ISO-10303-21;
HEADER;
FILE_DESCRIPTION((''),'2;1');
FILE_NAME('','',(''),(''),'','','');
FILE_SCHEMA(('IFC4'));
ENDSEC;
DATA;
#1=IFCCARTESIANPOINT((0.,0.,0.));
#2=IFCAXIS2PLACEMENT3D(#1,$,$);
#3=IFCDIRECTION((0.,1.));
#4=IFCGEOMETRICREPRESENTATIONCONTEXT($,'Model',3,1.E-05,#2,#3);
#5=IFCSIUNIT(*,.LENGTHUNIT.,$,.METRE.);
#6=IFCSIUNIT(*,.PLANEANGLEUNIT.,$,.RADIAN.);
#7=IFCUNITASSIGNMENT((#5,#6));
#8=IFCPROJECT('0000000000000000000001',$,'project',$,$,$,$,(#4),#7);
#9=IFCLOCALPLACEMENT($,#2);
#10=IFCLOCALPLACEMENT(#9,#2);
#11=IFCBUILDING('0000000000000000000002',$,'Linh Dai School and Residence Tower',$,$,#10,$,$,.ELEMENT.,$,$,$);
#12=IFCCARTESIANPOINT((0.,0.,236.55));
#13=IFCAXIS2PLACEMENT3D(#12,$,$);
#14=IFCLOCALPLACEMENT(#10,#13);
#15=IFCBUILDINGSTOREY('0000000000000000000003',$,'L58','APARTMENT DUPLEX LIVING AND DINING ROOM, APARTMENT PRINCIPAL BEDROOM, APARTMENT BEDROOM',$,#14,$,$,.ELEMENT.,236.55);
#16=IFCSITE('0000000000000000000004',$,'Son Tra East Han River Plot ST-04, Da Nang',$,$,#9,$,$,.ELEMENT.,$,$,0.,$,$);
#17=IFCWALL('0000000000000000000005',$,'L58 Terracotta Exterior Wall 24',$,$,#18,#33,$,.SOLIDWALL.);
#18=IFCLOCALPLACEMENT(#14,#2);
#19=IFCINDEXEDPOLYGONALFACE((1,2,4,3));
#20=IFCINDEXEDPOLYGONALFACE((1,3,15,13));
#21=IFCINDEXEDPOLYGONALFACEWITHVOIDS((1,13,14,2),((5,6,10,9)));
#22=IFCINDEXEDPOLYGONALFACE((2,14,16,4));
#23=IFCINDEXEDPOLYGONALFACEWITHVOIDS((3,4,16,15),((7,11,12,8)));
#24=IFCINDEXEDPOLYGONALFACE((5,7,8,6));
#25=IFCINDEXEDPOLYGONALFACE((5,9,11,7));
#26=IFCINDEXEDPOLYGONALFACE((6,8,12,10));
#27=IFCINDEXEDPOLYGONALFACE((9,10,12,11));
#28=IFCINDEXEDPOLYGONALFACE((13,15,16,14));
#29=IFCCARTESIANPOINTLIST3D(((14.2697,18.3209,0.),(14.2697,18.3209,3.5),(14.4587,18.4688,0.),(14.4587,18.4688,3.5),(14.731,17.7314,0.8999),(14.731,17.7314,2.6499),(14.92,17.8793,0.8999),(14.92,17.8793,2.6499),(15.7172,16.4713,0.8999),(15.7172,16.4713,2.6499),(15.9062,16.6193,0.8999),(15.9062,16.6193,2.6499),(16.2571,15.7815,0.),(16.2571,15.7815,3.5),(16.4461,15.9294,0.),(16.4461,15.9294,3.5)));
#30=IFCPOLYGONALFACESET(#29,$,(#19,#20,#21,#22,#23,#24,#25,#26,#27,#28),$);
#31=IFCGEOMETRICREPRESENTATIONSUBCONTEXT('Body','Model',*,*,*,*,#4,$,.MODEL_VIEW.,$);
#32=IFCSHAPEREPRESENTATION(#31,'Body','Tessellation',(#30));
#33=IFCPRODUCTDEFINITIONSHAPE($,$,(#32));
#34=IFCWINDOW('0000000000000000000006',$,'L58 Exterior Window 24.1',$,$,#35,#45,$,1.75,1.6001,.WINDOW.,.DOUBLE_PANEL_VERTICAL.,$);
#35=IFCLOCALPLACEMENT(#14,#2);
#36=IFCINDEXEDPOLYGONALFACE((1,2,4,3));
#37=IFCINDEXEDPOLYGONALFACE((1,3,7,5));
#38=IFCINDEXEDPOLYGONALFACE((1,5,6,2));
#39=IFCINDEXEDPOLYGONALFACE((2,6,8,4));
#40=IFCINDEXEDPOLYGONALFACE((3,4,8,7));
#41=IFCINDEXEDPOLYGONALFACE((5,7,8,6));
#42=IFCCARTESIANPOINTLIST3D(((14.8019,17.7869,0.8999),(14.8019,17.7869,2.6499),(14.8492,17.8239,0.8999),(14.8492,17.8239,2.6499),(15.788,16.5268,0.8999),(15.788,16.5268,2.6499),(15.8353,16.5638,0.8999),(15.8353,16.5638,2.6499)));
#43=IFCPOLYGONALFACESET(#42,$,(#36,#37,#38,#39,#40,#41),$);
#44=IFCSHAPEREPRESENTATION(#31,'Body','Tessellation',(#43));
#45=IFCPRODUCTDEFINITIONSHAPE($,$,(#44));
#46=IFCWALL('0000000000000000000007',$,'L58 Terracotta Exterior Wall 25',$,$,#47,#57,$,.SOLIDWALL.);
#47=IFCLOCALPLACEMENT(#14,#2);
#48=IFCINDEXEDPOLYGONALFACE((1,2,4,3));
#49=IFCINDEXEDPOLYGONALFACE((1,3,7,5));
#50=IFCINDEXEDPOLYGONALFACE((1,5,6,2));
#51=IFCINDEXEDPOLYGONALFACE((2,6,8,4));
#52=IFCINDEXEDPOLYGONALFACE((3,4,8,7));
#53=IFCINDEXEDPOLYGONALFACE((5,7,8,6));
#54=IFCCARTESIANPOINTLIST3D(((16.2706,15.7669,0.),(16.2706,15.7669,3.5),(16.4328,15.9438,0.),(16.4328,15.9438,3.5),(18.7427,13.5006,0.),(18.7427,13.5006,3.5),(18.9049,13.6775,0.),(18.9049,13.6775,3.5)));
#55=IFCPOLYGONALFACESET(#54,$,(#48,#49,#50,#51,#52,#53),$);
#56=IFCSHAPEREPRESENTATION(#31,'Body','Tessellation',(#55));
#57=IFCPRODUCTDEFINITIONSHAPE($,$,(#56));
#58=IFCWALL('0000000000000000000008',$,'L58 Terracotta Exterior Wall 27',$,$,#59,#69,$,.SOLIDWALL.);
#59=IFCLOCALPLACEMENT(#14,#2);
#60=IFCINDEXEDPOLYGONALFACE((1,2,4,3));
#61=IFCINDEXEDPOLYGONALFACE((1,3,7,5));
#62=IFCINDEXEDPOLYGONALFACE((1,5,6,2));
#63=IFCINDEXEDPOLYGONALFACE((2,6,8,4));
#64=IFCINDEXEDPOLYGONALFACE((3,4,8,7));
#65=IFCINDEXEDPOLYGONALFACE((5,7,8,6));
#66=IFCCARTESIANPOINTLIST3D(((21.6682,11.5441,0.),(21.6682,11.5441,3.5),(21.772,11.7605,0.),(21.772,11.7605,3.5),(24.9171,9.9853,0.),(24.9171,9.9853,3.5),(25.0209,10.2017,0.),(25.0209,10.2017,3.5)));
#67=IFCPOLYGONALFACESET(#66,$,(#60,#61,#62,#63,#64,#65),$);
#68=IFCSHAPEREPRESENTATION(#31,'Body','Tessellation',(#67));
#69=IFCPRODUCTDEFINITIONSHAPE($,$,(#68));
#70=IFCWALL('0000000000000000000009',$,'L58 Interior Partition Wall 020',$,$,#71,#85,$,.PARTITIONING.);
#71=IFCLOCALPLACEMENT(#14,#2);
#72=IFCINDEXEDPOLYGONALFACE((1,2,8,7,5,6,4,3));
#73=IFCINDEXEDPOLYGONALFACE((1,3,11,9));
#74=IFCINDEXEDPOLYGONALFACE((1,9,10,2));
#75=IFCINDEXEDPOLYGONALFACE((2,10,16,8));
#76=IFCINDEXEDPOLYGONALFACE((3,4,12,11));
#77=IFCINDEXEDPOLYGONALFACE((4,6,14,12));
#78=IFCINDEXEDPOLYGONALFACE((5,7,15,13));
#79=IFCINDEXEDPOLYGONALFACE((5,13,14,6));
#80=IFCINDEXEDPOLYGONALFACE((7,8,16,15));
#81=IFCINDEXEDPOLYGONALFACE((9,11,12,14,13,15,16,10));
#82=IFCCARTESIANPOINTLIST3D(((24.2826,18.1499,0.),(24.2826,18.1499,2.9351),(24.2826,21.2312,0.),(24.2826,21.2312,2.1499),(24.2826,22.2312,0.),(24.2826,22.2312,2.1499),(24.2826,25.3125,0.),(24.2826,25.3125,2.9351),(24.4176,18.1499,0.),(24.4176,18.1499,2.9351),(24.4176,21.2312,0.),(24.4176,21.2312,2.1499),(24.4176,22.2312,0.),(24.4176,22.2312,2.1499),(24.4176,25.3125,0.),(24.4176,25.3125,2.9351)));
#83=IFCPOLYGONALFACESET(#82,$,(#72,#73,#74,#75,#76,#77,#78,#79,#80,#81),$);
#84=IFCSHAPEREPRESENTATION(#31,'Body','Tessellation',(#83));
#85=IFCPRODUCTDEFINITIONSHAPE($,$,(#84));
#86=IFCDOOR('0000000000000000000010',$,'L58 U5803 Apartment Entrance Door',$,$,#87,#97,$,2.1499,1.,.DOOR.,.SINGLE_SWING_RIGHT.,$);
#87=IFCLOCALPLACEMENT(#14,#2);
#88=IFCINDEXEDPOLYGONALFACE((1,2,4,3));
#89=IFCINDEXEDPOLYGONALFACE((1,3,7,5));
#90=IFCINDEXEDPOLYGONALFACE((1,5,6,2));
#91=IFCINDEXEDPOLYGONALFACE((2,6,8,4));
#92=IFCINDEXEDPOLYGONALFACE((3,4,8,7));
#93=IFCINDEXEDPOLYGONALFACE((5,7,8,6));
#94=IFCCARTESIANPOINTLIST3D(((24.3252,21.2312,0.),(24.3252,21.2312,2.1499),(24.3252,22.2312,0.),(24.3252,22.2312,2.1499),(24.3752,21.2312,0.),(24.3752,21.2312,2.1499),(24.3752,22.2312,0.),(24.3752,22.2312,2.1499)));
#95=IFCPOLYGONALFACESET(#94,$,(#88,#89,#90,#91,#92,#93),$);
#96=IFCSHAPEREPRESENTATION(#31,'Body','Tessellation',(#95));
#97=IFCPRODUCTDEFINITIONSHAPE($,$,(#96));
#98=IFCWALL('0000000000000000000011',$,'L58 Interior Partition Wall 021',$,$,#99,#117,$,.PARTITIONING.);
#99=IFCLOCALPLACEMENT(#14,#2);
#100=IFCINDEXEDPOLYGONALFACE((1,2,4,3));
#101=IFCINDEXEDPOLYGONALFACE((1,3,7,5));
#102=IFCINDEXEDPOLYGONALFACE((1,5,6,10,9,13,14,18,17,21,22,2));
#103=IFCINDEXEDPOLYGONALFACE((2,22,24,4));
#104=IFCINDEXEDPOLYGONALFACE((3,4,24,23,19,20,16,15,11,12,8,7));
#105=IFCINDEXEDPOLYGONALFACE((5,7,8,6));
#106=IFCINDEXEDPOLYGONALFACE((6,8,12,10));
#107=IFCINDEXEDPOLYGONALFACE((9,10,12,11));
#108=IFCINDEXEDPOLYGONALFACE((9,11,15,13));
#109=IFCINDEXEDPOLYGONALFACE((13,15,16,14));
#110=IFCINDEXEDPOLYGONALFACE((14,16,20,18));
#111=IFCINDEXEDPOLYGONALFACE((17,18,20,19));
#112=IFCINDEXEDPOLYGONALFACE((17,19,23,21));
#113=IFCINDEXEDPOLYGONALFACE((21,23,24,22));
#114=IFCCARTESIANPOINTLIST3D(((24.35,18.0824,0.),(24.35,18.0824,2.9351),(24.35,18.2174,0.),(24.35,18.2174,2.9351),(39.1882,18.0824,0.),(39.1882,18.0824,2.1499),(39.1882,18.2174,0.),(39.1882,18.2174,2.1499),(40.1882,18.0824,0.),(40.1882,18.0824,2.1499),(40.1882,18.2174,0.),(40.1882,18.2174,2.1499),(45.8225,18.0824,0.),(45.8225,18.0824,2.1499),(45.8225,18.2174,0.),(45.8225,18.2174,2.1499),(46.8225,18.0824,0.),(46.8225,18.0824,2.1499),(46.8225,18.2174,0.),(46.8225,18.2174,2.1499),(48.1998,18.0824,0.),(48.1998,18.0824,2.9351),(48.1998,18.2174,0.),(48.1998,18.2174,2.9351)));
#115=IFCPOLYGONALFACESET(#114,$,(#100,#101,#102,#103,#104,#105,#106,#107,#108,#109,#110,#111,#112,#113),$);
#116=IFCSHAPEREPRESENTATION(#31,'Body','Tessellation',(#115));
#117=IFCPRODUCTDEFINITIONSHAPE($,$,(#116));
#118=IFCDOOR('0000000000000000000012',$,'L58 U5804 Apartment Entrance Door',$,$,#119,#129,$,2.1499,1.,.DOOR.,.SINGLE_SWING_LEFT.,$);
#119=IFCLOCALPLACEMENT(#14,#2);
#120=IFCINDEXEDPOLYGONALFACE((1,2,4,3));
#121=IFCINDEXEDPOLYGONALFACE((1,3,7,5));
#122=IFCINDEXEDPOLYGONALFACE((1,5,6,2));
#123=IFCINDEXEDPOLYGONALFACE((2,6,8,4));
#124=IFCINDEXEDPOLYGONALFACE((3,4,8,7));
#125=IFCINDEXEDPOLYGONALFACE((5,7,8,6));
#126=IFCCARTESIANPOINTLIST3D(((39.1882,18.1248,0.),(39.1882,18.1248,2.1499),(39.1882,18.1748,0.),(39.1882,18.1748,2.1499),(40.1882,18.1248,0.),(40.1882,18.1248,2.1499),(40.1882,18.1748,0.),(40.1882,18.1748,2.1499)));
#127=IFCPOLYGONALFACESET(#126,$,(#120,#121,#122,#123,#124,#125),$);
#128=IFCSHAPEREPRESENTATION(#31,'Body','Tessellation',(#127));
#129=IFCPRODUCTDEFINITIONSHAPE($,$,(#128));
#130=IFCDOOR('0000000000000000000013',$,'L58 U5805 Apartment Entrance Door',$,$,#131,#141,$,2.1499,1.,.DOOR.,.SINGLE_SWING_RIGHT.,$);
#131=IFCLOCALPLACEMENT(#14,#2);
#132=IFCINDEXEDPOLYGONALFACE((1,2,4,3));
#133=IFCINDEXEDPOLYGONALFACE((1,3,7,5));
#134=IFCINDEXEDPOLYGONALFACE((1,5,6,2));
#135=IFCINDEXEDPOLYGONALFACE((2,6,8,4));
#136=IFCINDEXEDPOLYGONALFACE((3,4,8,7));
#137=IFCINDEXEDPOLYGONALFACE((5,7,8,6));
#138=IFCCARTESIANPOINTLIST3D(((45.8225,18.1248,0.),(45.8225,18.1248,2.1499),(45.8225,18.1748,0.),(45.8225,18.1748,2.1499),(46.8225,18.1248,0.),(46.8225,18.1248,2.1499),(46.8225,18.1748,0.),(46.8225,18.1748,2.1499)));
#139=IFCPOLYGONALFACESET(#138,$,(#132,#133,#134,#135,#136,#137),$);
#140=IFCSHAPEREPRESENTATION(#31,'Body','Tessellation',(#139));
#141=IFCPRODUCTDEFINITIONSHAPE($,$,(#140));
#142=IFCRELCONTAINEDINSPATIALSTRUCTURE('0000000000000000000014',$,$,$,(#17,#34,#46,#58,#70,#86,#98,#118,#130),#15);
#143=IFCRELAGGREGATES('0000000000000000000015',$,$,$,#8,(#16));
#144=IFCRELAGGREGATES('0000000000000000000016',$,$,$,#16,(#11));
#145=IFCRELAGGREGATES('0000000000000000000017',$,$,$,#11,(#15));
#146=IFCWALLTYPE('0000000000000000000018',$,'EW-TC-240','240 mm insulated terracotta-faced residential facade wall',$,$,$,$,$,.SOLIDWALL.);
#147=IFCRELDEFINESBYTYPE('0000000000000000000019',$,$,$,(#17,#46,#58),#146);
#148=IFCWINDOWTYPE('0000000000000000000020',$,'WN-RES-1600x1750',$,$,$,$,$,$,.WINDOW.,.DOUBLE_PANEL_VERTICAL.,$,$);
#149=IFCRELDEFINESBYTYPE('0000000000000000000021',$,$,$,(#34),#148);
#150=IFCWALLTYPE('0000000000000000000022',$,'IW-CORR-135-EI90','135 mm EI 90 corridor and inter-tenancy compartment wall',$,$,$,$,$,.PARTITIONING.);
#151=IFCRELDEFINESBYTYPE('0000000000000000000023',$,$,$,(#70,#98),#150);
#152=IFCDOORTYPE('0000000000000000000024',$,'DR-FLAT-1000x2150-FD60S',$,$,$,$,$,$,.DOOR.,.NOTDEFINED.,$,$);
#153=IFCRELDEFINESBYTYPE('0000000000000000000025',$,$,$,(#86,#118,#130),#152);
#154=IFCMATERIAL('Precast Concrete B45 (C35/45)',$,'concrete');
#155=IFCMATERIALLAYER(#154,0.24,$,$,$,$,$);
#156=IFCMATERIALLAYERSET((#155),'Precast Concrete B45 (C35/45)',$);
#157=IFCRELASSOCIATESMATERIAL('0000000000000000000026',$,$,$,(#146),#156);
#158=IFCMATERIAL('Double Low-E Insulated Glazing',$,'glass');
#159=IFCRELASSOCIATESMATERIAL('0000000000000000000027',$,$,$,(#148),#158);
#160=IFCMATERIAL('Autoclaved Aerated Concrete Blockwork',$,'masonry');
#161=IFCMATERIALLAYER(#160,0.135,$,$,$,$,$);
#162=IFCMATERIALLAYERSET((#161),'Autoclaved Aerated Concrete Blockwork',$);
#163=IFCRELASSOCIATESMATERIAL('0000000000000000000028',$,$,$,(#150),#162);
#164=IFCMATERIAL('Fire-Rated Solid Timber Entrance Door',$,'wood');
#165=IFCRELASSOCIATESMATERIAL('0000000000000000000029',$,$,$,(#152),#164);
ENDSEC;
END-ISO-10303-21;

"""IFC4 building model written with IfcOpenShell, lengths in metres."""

from ifc_helpers import new_model, si_unit, direction, frame, frame_2d, origin, origin_2d, place, context, subcontext, project, spatial, rectangle, extrude, source, transform, mapped, material, layer, layer_set, type_object, element, fill, save


model = new_model("IFC4")

# Units and contexts
model_context = context("Model", 3, precision=1e-05, world=origin(), true_north=direction((0.0, 1.0)))
body_context = subcontext(model_context, "Body", "Model", "MODEL_VIEW")
ifc_project = project(units=[si_unit("LENGTHUNIT", "METRE"), si_unit("PLANEANGLEUNIT", "RADIAN")], contexts=[model_context])

# Site, building, storey
site_placement = place(None, origin())
site = spatial("IfcSite", under=ifc_project, at=site_placement, Name="Son Tra East Han River Plot ST-04, Da Nang", CompositionType="ELEMENT", RefElevation=0.0)
building_placement = place(site_placement, origin())
building = spatial("IfcBuilding", under=site, at=building_placement, Name="Linh Dai School and Residence Tower", CompositionType="ELEMENT")
storey_placement = place(building_placement, frame((0.0, 0.0, 236.55)))
storey = spatial("IfcBuildingStorey", under=building, at=storey_placement, Name="L58", Description="APARTMENT DUPLEX LIVING AND DINING ROOM, APARTMENT PRINCIPAL BEDROOM, APARTMENT BEDROOM", CompositionType="ELEMENT", Elevation=236.55)

# Shared definitions
ifc_material_1 = material(Name="Precast Concrete B45 (C35/45)", Category="concrete")

# Wall, opening, window
ifc_layer_1 = layer(ifc_material_1, 0.24)
ifc_layer_set_1 = layer_set([ifc_layer_1], Name="Precast Concrete B45 (C35/45)")
wall_type_1 = type_object("IfcWallType", Name="EW-TC-240", Description="240 mm insulated terracotta-faced residential facade wall", PredefinedType="SOLIDWALL", material=ifc_layer_set_1)
wall_1_placement = place(storey_placement, frame((16.3516, 15.8555, 0.0), z_axis=(0.0, 0.0, 1.0), x_axis=(-0.616312, 0.787502, 0.0)))
wall_1 = element("IfcWall", 1, at=wall_1_placement, inside=storey, type_object=wall_type_1, Name="L58 Terracotta Exterior Wall 24", PredefinedType="SOLIDWALL", context=body_context, shape_type="SweptSolid", body=[
    extrude(rectangle(XDim=3.2246, YDim=0.24, at=frame_2d((1.6123, 0.0))), origin(), (0.0, 0.0, 1.0), 3.5),
])
opening_1_placement = place(wall_1_placement, frame((0.876, 0.0, 0.8999)))
opening_1 = element("IfcOpeningElement", 2, at=opening_1_placement, cuts=wall_1, PredefinedType="OPENING", context=body_context, shape_type="SweptSolid", body=[
    extrude(rectangle(XDim=1.6001, YDim=1.75, at=origin_2d()), frame((0.8, 0.1299, 0.875), z_axis=(0.0, -1.0, 0.0), x_axis=(1.0, 0.0, 0.0)), (0.0, 0.0, 1.0), 0.26),
])
ifc_material_2 = material(Name="Double Low-E Insulated Glazing", Category="glass")
window_type = type_object("IfcWindowType", Name="WN-RES-1600x1750", PartitioningType="DOUBLE_PANEL_VERTICAL", PredefinedType="WINDOW", material=ifc_material_2)
shared_shape_1 = source(origin(), body_context, "Body", "SweptSolid", [
    extrude(rectangle(XDim=1.6001, YDim=1.75, at=origin_2d()), frame((0.8, 0.03, 0.875), z_axis=(0.0, -1.0, 0.0), x_axis=(1.0, 0.0, 0.0)), (0.0, 0.0, 1.0), 0.0601),
])
window_placement = place(opening_1_placement, origin())
window = element("IfcWindow", 3, at=window_placement, inside=storey, type_object=window_type, Name="L58 Exterior Window 24.1", OverallHeight=1.75, OverallWidth=1.6001, PartitioningType="DOUBLE_PANEL_VERTICAL", PredefinedType="WINDOW", context=body_context, shape_type="MappedRepresentation", body=[
    mapped(shared_shape_1, transform((0.0, 0.0, 0.0), x_axis=(1.0, 0.0, 0.0), y_axis=(0.0, 1.0, 0.0), z_axis=(0.0, 0.0, 1.0), scale=1.0)),
])
fill(opening_1, window)

# Wall
wall_2_placement = place(storey_placement, frame((18.8237, 13.5891, 0.0), z_axis=(0.0, 0.0, 1.0), x_axis=(-0.737124, 0.675758, 0.0)))
element("IfcWall", 4, at=wall_2_placement, inside=storey, type_object=wall_type_1, Name="L58 Terracotta Exterior Wall 25", PredefinedType="SOLIDWALL", context=body_context, shape_type="SweptSolid", body=[
    extrude(rectangle(XDim=3.3538, YDim=0.24, at=frame_2d((1.6768, 0.0))), origin(), (0.0, 0.0, 1.0), 3.5),
])

# Wall
wall_3_placement = place(storey_placement, frame((24.969, 10.0935, 0.0), z_axis=(0.0, 0.0, 1.0), x_axis=(-0.901598, 0.432575, 0.0)))
element("IfcWall", 5, at=wall_3_placement, inside=storey, type_object=wall_type_1, Name="L58 Terracotta Exterior Wall 27", PredefinedType="SOLIDWALL", context=body_context, shape_type="SweptSolid", body=[
    extrude(rectangle(XDim=3.6035, YDim=0.24, at=frame_2d((1.8018, 0.0))), origin(), (0.0, 0.0, 1.0), 3.5),
])

# Wall, opening, door
ifc_material_3 = material(Name="Autoclaved Aerated Concrete Blockwork", Category="masonry")
ifc_layer_2 = layer(ifc_material_3, 0.135)
ifc_layer_set_2 = layer_set([ifc_layer_2], Name="Autoclaved Aerated Concrete Blockwork")
wall_type_2 = type_object("IfcWallType", Name="IW-CORR-135-EI90", Description="135 mm EI 90 corridor and inter-tenancy compartment wall", PredefinedType="PARTITIONING", material=ifc_layer_set_2)
wall_4_placement = place(storey_placement, frame((24.3501, 18.1499, 0.0), z_axis=(0.0, 0.0, 1.0), x_axis=(0.0, 1.0, 0.0)))
wall_4 = element("IfcWall", 6, at=wall_4_placement, inside=storey, type_object=wall_type_2, Name="L58 Interior Partition Wall 020", PredefinedType="PARTITIONING", context=body_context, shape_type="SweptSolid", body=[
    extrude(rectangle(XDim=7.1626, YDim=0.135, at=frame_2d((3.5813, 0.0))), origin(), (0.0, 0.0, 1.0), 2.9351),
])
opening_2_placement = place(wall_4_placement, frame((3.0813, 0.0, 0.0)))
opening_2 = element("IfcOpeningElement", 7, at=opening_2_placement, cuts=wall_4, PredefinedType="OPENING", context=body_context, shape_type="SweptSolid", body=[
    extrude(rectangle(XDim=1.0, YDim=2.1499, at=origin_2d()), frame((0.5, 0.0776, 1.075), z_axis=(0.0, -1.0, 0.0), x_axis=(1.0, 0.0, 0.0)), (0.0, 0.0, 1.0), 0.155),
])
ifc_material_4 = material(Name="Fire-Rated Solid Timber Entrance Door", Category="wood")
door_type_1 = type_object("IfcDoorType", Name="DR-FLAT-1000x2150-FD60S", OperationType="NOTDEFINED", PredefinedType="DOOR", material=ifc_material_4)
shared_shape_2 = source(origin(), body_context, "Body", "SweptSolid", [
    extrude(rectangle(XDim=1.0, YDim=2.1499, at=origin_2d()), frame((0.5, 0.0249, 1.075), z_axis=(0.0, -1.0, 0.0), x_axis=(1.0, 0.0, 0.0)), (0.0, 0.0, 1.0), 0.05),
])
door_1_placement = place(opening_2_placement, origin())
door_1 = element("IfcDoor", 8, at=door_1_placement, inside=storey, type_object=door_type_1, Name="L58 U5803 Apartment Entrance Door", OperationType="SINGLE_SWING_RIGHT", OverallHeight=2.1499, OverallWidth=1.0, PredefinedType="DOOR", context=body_context, shape_type="MappedRepresentation", body=[
    mapped(shared_shape_2, transform((0.0, 0.0, 0.0), x_axis=(1.0, 0.0, 0.0), y_axis=(0.0, 1.0, 0.0), z_axis=(0.0, 0.0, 1.0), scale=1.0)),
])
fill(opening_2, door_1)

# Wall, openings, doors
wall_5_placement = place(storey_placement, frame((24.3501, 18.1499, 0.0), z_axis=(0.0, 0.0, 1.0), x_axis=(1.0, 0.0, 0.0)))
wall_5 = element("IfcWall", 9, at=wall_5_placement, inside=storey, type_object=wall_type_2, Name="L58 Interior Partition Wall 021", PredefinedType="PARTITIONING", context=body_context, shape_type="SweptSolid", body=[
    extrude(rectangle(XDim=23.8499, YDim=0.135, at=frame_2d((11.9248, 0.0))), origin(), (0.0, 0.0, 1.0), 2.9351),
])
opening_3_placement = place(wall_5_placement, frame((14.8381, 0.0, 0.0)))
opening_3 = element("IfcOpeningElement", 10, at=opening_3_placement, cuts=wall_5, PredefinedType="OPENING", context=body_context, shape_type="SweptSolid", body=[
    extrude(rectangle(XDim=1.0, YDim=2.1499, at=origin_2d()), frame((0.5, 0.0776, 1.075), z_axis=(0.0, -1.0, 0.0), x_axis=(1.0, 0.0, 0.0)), (0.0, 0.0, 1.0), 0.155),
])
opening_4_placement = place(wall_5_placement, frame((21.4724, 0.0, 0.0)))
opening_4 = element("IfcOpeningElement", 11, at=opening_4_placement, cuts=wall_5, PredefinedType="OPENING", context=body_context, shape_type="SweptSolid", body=[
    extrude(rectangle(XDim=1.0, YDim=2.1499, at=origin_2d()), frame((0.5, 0.0776, 1.075), z_axis=(0.0, -1.0, 0.0), x_axis=(1.0, 0.0, 0.0)), (0.0, 0.0, 1.0), 0.155),
])
door_2_placement = place(opening_3_placement, origin())
door_2 = element("IfcDoor", 12, at=door_2_placement, inside=storey, type_object=door_type_1, Name="L58 U5804 Apartment Entrance Door", OperationType="SINGLE_SWING_LEFT", OverallHeight=2.1499, OverallWidth=1.0, PredefinedType="DOOR", context=body_context, shape_type="MappedRepresentation", body=[
    mapped(shared_shape_2, transform((0.0, 0.0, 0.0), x_axis=(1.0, 0.0, 0.0), y_axis=(0.0, 1.0, 0.0), z_axis=(0.0, 0.0, 1.0), scale=1.0)),
])
fill(opening_3, door_2)
door_3_placement = place(opening_4_placement, origin())
door_3 = element("IfcDoor", 13, at=door_3_placement, inside=storey, type_object=door_type_1, Name="L58 U5805 Apartment Entrance Door", OperationType="SINGLE_SWING_RIGHT", OverallHeight=2.1499, OverallWidth=1.0, PredefinedType="DOOR", context=body_context, shape_type="MappedRepresentation", body=[
    mapped(shared_shape_2, transform((0.0, 0.0, 0.0), x_axis=(1.0, 0.0, 0.0), y_axis=(0.0, 1.0, 0.0), z_axis=(0.0, 0.0, 1.0), scale=1.0)),
])
fill(opening_4, door_3)

save(model, "model.ifc")
